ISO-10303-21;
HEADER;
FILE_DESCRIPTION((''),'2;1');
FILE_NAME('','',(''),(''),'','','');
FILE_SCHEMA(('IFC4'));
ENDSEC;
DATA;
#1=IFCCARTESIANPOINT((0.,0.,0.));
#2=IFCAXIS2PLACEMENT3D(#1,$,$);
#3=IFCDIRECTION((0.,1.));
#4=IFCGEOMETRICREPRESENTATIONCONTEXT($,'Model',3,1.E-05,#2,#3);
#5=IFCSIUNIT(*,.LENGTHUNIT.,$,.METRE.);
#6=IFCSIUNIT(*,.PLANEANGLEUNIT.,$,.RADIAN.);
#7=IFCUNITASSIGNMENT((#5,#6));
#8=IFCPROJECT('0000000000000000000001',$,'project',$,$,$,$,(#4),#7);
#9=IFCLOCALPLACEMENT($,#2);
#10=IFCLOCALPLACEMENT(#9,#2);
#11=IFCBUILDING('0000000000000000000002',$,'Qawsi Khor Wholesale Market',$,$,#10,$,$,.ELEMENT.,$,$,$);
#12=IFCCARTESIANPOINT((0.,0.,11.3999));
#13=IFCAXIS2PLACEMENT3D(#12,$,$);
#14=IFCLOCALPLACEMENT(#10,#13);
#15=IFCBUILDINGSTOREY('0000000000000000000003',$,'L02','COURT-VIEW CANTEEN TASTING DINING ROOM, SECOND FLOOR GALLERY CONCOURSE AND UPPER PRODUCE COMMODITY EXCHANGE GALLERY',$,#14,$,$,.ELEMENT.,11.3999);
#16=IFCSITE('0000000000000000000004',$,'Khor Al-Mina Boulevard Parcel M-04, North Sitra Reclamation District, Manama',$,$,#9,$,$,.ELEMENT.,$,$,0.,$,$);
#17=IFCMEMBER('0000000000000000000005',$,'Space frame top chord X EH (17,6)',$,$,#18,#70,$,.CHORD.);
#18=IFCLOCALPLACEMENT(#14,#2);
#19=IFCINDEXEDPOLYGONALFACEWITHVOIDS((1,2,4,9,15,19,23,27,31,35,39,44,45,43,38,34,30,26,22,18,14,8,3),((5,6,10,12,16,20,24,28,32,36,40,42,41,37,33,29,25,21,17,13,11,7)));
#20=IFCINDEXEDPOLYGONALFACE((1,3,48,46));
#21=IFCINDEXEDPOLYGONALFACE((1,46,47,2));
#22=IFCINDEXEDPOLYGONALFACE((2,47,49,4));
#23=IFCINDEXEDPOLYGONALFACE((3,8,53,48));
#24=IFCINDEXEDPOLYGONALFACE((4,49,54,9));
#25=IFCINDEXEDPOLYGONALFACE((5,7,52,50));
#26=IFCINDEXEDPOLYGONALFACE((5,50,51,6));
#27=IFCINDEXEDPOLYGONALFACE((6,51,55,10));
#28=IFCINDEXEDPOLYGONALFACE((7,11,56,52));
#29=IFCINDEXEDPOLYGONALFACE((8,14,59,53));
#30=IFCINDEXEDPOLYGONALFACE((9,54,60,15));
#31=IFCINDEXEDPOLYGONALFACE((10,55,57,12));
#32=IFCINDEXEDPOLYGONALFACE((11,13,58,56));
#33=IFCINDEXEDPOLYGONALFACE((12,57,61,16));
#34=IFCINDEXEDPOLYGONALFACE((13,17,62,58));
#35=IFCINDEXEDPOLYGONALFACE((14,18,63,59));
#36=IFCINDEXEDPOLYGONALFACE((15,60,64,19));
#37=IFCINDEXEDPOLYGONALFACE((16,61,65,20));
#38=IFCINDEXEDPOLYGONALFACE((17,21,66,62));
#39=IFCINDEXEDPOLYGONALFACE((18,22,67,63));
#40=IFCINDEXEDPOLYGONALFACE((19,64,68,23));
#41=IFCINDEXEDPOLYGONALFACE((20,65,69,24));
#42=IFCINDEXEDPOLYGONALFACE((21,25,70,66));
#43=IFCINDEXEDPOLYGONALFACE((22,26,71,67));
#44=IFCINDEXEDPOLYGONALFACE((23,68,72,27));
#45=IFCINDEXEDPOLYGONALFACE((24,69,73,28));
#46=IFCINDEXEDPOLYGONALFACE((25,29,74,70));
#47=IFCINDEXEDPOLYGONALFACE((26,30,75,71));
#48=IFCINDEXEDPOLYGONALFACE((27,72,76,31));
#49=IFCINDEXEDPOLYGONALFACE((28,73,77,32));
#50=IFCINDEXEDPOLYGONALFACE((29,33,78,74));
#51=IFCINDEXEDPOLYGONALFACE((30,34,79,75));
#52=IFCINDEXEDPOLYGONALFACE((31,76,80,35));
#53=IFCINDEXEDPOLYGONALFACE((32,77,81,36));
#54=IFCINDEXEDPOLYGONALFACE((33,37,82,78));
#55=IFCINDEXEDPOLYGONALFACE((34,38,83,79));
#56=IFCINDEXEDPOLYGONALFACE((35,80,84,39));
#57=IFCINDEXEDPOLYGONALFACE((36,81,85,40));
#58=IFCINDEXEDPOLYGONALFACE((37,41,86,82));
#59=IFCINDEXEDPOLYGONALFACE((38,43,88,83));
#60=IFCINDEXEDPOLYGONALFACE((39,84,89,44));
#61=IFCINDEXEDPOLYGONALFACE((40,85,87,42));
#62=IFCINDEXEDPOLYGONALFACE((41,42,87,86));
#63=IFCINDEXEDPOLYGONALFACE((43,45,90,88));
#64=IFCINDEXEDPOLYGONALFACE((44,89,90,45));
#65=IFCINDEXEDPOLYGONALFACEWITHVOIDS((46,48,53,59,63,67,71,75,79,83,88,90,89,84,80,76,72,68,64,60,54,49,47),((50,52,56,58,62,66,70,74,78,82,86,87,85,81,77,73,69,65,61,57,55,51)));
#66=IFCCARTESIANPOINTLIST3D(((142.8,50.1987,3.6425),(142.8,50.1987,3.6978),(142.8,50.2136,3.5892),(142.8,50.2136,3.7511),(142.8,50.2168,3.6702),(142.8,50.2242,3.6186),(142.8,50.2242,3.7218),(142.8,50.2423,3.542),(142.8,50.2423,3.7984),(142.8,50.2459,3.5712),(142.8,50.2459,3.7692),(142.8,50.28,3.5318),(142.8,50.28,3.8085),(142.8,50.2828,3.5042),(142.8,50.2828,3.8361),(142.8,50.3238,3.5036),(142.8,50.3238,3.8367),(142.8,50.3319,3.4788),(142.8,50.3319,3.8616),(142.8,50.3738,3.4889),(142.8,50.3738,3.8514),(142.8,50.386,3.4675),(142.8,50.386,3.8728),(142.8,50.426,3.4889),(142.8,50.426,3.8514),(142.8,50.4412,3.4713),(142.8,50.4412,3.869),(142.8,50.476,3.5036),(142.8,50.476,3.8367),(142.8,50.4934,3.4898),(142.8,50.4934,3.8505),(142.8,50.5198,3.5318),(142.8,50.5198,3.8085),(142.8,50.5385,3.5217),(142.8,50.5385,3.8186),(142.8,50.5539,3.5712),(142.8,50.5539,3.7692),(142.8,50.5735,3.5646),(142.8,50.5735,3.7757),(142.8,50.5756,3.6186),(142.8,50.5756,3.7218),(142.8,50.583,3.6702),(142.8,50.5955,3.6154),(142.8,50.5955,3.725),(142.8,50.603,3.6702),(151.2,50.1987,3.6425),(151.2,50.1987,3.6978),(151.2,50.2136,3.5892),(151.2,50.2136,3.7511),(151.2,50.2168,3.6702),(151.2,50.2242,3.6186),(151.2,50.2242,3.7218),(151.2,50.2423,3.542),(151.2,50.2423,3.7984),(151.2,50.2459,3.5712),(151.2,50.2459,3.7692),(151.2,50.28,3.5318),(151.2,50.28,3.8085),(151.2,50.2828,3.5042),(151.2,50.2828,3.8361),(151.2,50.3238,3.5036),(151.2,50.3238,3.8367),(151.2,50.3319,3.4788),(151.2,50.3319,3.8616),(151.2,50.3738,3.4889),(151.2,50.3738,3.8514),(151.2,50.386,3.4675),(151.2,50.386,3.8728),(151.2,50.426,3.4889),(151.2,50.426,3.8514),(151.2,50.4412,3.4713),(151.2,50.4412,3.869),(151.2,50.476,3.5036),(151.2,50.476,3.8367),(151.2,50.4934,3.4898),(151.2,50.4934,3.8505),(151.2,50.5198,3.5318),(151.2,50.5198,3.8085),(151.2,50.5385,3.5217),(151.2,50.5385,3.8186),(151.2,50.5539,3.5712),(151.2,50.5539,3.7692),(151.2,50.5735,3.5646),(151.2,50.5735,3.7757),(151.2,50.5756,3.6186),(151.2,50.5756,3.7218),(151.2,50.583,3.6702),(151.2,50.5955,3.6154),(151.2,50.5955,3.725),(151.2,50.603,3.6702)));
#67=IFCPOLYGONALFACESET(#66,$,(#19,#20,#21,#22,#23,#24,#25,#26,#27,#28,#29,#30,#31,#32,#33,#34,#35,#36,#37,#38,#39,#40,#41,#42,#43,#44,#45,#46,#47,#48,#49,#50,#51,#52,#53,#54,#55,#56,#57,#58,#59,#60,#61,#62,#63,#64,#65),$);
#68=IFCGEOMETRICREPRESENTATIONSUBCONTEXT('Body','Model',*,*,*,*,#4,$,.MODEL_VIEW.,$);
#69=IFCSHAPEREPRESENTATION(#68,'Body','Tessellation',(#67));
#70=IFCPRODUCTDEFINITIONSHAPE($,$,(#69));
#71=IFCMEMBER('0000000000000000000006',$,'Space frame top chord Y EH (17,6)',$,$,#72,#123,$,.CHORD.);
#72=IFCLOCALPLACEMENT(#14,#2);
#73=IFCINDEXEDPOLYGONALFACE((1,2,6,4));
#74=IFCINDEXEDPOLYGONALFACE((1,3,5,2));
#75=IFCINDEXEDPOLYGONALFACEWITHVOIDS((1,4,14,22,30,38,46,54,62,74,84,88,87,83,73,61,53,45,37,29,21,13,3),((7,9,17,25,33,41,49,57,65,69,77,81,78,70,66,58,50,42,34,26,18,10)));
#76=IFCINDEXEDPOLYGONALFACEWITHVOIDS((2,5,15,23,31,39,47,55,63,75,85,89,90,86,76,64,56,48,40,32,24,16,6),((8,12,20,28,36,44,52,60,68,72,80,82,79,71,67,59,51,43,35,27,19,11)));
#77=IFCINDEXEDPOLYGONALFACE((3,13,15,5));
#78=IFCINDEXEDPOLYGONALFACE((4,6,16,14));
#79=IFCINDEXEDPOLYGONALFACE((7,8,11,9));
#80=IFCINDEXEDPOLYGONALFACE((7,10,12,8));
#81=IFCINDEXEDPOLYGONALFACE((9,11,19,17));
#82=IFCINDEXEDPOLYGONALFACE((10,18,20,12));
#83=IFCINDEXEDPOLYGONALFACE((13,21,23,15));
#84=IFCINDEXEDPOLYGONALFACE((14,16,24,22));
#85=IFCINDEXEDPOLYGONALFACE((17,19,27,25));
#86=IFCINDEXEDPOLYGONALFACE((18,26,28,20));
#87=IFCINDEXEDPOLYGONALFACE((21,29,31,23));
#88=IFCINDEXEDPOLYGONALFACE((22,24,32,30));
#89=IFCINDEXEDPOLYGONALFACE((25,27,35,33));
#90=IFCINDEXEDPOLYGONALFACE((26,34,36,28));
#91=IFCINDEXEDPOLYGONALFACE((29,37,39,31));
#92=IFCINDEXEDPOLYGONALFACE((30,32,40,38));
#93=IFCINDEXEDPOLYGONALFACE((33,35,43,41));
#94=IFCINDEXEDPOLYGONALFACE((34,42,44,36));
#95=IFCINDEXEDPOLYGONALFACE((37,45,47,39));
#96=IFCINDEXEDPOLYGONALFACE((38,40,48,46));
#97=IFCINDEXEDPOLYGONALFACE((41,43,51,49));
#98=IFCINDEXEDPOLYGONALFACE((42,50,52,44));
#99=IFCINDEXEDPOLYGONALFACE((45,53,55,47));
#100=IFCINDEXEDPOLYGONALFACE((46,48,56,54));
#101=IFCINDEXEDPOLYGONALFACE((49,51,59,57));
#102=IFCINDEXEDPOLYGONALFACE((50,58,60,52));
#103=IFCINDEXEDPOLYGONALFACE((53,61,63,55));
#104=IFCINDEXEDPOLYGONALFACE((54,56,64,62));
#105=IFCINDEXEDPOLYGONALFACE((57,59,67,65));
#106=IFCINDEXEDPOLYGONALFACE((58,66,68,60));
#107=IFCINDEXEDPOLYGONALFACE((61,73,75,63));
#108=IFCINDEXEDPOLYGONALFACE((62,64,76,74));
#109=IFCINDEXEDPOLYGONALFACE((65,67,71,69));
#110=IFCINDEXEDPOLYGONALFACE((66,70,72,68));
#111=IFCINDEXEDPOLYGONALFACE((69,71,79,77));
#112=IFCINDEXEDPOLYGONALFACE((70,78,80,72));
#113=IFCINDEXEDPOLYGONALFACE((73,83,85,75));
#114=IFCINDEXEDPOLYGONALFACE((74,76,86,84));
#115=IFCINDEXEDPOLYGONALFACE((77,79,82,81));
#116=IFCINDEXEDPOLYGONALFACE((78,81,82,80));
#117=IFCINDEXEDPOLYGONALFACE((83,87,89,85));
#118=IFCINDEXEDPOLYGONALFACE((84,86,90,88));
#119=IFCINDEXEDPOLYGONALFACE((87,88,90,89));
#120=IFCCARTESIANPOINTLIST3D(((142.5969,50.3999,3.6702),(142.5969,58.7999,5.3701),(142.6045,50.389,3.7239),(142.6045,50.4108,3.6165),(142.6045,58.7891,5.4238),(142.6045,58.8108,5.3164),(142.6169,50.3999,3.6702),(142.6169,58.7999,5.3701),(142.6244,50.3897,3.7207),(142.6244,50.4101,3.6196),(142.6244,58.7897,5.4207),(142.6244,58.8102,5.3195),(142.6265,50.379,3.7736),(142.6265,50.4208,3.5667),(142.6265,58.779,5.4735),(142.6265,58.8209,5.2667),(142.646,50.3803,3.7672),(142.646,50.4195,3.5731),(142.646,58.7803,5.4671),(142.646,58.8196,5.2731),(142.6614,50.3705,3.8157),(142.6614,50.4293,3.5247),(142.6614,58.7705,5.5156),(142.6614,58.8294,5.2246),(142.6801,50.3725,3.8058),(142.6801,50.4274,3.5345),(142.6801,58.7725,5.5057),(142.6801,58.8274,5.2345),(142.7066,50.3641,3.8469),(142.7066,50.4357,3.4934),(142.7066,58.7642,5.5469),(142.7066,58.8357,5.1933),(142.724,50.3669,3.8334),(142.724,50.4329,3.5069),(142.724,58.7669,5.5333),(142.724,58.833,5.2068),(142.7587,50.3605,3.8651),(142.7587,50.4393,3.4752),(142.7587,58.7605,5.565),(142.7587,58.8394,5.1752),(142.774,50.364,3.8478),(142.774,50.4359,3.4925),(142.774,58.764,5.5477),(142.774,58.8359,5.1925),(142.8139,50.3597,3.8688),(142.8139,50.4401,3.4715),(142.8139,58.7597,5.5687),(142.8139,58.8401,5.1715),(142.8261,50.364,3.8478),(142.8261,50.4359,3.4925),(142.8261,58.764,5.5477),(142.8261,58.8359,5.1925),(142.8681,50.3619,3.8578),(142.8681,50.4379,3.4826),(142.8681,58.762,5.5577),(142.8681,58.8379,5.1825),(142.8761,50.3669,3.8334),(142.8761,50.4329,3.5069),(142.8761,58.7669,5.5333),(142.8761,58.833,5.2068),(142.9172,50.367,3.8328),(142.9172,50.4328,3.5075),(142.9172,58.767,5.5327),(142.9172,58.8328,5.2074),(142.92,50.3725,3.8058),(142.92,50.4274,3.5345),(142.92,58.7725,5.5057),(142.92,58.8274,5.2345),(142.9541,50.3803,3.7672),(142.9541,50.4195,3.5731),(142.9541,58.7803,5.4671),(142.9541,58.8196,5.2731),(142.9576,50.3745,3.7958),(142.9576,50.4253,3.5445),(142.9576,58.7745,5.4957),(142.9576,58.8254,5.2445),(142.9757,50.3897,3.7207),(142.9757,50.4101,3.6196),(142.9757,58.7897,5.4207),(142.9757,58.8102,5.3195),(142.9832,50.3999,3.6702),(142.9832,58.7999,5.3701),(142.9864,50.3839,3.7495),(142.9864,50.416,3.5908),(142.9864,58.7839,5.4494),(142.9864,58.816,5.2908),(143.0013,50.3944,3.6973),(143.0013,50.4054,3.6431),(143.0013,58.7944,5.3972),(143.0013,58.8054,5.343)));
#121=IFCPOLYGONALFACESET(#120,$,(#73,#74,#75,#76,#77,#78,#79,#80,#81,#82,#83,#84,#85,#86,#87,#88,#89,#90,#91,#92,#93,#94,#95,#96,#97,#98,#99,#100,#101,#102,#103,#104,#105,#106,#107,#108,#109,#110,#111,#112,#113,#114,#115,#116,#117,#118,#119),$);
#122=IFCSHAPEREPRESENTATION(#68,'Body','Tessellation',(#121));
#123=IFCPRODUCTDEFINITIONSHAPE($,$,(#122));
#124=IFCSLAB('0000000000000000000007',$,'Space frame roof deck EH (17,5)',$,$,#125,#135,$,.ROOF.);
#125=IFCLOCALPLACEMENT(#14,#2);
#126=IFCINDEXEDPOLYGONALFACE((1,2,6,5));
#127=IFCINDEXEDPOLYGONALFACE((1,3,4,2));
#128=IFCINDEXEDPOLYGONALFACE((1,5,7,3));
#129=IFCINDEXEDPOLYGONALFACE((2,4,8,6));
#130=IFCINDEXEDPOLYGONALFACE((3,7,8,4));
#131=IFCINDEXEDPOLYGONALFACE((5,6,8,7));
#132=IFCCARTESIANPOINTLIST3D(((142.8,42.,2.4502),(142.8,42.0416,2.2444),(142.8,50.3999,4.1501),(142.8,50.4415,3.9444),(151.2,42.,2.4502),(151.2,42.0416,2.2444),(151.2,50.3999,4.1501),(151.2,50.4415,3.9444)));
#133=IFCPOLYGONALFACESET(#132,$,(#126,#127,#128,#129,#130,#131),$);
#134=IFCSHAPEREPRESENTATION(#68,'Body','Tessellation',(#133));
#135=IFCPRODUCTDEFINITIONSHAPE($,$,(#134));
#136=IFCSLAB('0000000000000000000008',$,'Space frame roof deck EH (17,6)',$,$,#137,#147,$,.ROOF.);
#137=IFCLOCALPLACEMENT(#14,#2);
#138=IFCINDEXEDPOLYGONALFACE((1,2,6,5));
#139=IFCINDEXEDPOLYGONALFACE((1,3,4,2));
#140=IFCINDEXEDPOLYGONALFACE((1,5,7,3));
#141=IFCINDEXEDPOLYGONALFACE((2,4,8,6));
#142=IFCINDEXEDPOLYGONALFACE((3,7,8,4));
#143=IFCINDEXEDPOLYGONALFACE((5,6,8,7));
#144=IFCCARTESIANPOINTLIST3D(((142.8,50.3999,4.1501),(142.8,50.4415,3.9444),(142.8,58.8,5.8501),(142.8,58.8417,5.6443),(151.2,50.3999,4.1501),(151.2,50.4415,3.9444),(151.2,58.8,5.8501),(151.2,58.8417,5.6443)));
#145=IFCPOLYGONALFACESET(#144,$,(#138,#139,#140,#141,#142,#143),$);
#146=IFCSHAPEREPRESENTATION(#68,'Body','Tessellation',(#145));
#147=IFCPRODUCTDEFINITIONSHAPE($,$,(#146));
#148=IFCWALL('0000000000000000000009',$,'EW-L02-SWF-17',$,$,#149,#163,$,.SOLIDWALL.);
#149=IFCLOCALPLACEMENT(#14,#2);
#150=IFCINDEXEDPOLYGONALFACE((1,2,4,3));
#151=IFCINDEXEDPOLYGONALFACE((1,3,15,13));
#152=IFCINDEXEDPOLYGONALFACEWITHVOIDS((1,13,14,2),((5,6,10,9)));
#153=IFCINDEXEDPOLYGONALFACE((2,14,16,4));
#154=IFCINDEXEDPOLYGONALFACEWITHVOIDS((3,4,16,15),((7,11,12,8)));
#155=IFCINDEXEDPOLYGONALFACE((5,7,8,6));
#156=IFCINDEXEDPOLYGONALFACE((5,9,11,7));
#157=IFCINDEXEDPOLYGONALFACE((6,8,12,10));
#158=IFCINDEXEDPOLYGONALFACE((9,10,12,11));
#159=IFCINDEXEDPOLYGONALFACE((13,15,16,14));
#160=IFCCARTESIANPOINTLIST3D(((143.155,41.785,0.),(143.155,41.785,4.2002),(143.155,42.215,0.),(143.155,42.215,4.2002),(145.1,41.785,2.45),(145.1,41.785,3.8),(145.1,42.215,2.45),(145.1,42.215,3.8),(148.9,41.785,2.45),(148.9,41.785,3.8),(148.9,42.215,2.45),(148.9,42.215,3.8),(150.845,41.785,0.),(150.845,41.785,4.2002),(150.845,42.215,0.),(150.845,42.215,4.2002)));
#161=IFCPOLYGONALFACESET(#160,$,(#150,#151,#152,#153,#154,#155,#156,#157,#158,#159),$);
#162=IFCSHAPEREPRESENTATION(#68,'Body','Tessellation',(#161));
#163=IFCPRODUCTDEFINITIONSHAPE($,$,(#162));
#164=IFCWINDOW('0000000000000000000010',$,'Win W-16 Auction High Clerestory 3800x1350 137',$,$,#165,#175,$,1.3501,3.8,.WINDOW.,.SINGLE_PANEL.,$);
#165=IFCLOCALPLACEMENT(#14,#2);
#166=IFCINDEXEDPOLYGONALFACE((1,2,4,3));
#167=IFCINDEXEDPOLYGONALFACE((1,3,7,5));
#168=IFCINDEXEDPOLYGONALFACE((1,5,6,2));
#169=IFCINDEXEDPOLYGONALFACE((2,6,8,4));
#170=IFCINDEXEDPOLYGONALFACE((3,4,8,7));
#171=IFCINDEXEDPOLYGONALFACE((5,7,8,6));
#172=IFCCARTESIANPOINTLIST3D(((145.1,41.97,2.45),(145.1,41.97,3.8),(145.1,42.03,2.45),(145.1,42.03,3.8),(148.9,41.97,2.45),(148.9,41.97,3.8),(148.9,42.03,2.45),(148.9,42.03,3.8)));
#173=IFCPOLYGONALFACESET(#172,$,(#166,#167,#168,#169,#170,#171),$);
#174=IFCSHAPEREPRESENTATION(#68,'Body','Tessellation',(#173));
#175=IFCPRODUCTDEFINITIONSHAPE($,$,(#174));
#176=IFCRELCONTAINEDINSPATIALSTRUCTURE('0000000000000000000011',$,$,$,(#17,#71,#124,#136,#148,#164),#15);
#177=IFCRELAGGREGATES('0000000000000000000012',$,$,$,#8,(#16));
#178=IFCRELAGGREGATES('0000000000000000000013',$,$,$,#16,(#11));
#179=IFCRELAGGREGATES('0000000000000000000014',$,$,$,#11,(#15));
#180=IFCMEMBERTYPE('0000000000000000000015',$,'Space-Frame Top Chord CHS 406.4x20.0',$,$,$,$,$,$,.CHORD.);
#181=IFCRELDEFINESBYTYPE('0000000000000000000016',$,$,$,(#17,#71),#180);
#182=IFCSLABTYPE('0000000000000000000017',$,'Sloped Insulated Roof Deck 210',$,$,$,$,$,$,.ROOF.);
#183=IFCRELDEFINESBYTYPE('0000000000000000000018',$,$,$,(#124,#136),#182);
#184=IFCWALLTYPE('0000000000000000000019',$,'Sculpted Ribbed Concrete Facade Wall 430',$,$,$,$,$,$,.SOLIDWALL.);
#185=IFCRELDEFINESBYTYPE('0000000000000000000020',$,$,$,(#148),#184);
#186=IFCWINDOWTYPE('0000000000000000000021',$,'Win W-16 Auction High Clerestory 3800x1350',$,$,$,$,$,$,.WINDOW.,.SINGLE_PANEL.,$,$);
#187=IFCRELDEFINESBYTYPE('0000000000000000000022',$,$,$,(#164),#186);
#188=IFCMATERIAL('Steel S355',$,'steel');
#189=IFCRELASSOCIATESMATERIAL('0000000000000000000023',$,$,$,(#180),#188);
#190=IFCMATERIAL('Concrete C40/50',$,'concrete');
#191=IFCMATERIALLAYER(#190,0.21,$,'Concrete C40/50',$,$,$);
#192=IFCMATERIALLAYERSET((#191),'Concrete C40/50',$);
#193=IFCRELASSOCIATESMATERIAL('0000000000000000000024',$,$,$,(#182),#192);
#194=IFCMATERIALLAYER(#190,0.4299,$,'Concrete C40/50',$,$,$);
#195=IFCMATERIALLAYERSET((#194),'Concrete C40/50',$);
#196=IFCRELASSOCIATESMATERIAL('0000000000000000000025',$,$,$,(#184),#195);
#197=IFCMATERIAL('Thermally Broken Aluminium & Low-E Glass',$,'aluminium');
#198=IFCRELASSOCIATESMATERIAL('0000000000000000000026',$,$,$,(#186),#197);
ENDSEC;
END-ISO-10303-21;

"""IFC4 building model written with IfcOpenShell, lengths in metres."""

from ifc_helpers import new_model, si_unit, direction, frame, frame_2d, origin, origin_2d, place, context, subcontext, project, spatial, polyline, rectangle, hollow_circle, outline, extrude, material, layer, layer_set, material_profile, profile_set, type_object, element, fill, save


model = new_model("IFC4")

# Units and contexts
model_context = context("Model", 3, precision=1e-05, world=origin(), true_north=direction((0.0, 1.0)))
body_context = subcontext(model_context, "Body", "Model", "MODEL_VIEW")
ifc_project = project(units=[si_unit("LENGTHUNIT", "METRE"), si_unit("PLANEANGLEUNIT", "RADIAN")], contexts=[model_context])

# Site, building, storey
site_placement = place(None, origin())
site = spatial("IfcSite", under=ifc_project, at=site_placement, Name="Khor Al-Mina Boulevard Parcel M-04, North Sitra Reclamation District, Manama", CompositionType="ELEMENT", RefElevation=0.0)
building_placement = place(site_placement, origin())
building = spatial("IfcBuilding", under=site, at=building_placement, Name="Qawsi Khor Wholesale Market", CompositionType="ELEMENT")
storey_placement = place(building_placement, frame((0.0, 0.0, 11.3999)))
storey = spatial("IfcBuildingStorey", under=building, at=storey_placement, Name="L02", Description="COURT-VIEW CANTEEN TASTING DINING ROOM, SECOND FLOOR GALLERY CONCOURSE AND UPPER PRODUCE COMMODITY EXCHANGE GALLERY", CompositionType="ELEMENT", Elevation=11.3999)

# Shared definitions
ifc_material_1 = material(Name="Concrete C40/50", Category="concrete")

# Members
ifc_material_2 = material(Name="Steel S355", Category="steel")
ifc_material_profile_1 = material_profile(ifc_material_2, hollow_circle(Radius=0.2031, WallThickness=0.02, at=origin_2d()), Name="CHS 406.4x20.0")
ifc_profile_set_1 = profile_set([ifc_material_profile_1], Name="Steel S355")
member_type_1 = type_object("IfcMemberType", Name="Space-Frame Top Chord CHS 406.4x20.0", PredefinedType="CHORD", material=ifc_profile_set_1)
member_1_placement = place(storey_placement, frame((142.8, 50.3999, 3.6702), z_axis=(1.0, 0.0, 0.0), x_axis=(0.0, 1.0, 0.0)))
element("IfcMember", 1, at=member_1_placement, inside=storey, type_object=member_type_1, Name="Space frame top chord X EH (17,6)", PredefinedType="CHORD", context=body_context, shape_type="SweptSolid", body=[
    extrude(hollow_circle(Radius=0.2031, WallThickness=0.02, at=origin_2d()), origin(), (0.0, 0.0, 1.0), 8.3999),
])
member_2_placement = place(storey_placement, frame((142.8, 50.3999, 3.6702), z_axis=(0.0, 0.980131, 0.198351), x_axis=(-1.0, 0.0, 0.0)))
element("IfcMember", 2, at=member_2_placement, inside=storey, type_object=member_type_1, Name="Space frame top chord Y EH (17,6)", PredefinedType="CHORD", context=body_context, shape_type="SweptSolid", body=[
    extrude(hollow_circle(Radius=0.2031, WallThickness=0.02, at=origin_2d()), origin(), (0.0, 0.0, 1.0), 8.5703),
])

# Slabs
ifc_layer_1 = layer(ifc_material_1, 0.21, Name="Concrete C40/50")
ifc_layer_set_1 = layer_set([ifc_layer_1], Name="Concrete C40/50")
slab_type = type_object("IfcSlabType", Name="Sloped Insulated Roof Deck 210", PredefinedType="ROOF", material=ifc_layer_set_1)
slab_1_placement = place(storey_placement, frame((142.8, 42.0, 2.4502), z_axis=(0.0, -0.198356, 0.98013), x_axis=(1.0, 0.0, 0.0)))
element("IfcSlab", 3, at=slab_1_placement, inside=storey, type_object=slab_type, Name="Space frame roof deck EH (17,5)", PredefinedType="ROOF", context=body_context, shape_type="SweptSolid", body=[
    extrude(outline(polyline([(0.0, 0.0), (8.3999, 0.0), (8.3999, 8.5702), (0.0, 8.5702), (0.0, 0.0)])), origin(), (0.0, 0.0, -1.0), 0.21),
])
slab_2_placement = place(storey_placement, frame((142.8, 50.3999, 4.1501), z_axis=(0.0, -0.198351, 0.980131), x_axis=(1.0, 0.0, 0.0)))
element("IfcSlab", 4, at=slab_2_placement, inside=storey, type_object=slab_type, Name="Space frame roof deck EH (17,6)", PredefinedType="ROOF", context=body_context, shape_type="SweptSolid", body=[
    extrude(outline(polyline([(0.0, 0.0), (8.3999, 0.0), (8.3999, 8.5704), (0.0, 8.5704), (0.0, 0.0)])), origin(), (0.0, 0.0, -1.0), 0.21),
])

# Wall, opening, window
ifc_layer_2 = layer(ifc_material_1, 0.4299, Name="Concrete C40/50")
ifc_layer_set_2 = layer_set([ifc_layer_2], Name="Concrete C40/50")
wall_type = type_object("IfcWallType", Name="Sculpted Ribbed Concrete Facade Wall 430", PredefinedType="SOLIDWALL", material=ifc_layer_set_2)
wall_placement = place(storey_placement, frame((143.155, 42.0, 0.0), z_axis=(0.0, 0.0, 1.0), x_axis=(1.0, 0.0, 0.0)))
wall = element("IfcWall", 5, at=wall_placement, inside=storey, type_object=wall_type, Name="EW-L02-SWF-17", PredefinedType="SOLIDWALL", context=body_context, shape_type="SweptSolid", body=[
    extrude(rectangle(XDim=7.6899, YDim=0.4299, at=frame_2d((3.845, 0.0))), origin(), (0.0, 0.0, 1.0), 4.2002),
])
opening_placement = place(wall_placement, frame((1.9451, 0.0, 2.45)))
opening = element("IfcOpeningElement", 6, at=opening_placement, cuts=wall, PredefinedType="OPENING", context=body_context, shape_type="SweptSolid", body=[
    extrude(rectangle(XDim=3.8, YDim=1.3501, at=frame_2d((1.8999, 0.675))), frame((0.0, 0.2249, 0.0), z_axis=(0.0, -1.0, 0.0), x_axis=(1.0, 0.0, 0.0)), (0.0, 0.0, 1.0), 0.45),
])
ifc_material_3 = material(Name="Thermally Broken Aluminium & Low-E Glass", Category="aluminium")
window_type = type_object("IfcWindowType", Name="Win W-16 Auction High Clerestory 3800x1350", PartitioningType="SINGLE_PANEL", PredefinedType="WINDOW", material=ifc_material_3)
window_placement = place(opening_placement, origin())
window = element("IfcWindow", 7, at=window_placement, inside=storey, type_object=window_type, Name="Win W-16 Auction High Clerestory 3800x1350 137", OverallHeight=1.3501, OverallWidth=3.8, PartitioningType="SINGLE_PANEL", PredefinedType="WINDOW", context=body_context, shape_type="SweptSolid", body=[
    extrude(rectangle(XDim=3.8, YDim=1.3501, at=frame_2d((1.8999, 0.675))), frame((0.0, 0.03, 0.0), z_axis=(0.0, -1.0, 0.0), x_axis=(1.0, 0.0, 0.0)), (0.0, 0.0, 1.0), 0.0601),
])
fill(opening, window)

save(model, "model.ifc")
